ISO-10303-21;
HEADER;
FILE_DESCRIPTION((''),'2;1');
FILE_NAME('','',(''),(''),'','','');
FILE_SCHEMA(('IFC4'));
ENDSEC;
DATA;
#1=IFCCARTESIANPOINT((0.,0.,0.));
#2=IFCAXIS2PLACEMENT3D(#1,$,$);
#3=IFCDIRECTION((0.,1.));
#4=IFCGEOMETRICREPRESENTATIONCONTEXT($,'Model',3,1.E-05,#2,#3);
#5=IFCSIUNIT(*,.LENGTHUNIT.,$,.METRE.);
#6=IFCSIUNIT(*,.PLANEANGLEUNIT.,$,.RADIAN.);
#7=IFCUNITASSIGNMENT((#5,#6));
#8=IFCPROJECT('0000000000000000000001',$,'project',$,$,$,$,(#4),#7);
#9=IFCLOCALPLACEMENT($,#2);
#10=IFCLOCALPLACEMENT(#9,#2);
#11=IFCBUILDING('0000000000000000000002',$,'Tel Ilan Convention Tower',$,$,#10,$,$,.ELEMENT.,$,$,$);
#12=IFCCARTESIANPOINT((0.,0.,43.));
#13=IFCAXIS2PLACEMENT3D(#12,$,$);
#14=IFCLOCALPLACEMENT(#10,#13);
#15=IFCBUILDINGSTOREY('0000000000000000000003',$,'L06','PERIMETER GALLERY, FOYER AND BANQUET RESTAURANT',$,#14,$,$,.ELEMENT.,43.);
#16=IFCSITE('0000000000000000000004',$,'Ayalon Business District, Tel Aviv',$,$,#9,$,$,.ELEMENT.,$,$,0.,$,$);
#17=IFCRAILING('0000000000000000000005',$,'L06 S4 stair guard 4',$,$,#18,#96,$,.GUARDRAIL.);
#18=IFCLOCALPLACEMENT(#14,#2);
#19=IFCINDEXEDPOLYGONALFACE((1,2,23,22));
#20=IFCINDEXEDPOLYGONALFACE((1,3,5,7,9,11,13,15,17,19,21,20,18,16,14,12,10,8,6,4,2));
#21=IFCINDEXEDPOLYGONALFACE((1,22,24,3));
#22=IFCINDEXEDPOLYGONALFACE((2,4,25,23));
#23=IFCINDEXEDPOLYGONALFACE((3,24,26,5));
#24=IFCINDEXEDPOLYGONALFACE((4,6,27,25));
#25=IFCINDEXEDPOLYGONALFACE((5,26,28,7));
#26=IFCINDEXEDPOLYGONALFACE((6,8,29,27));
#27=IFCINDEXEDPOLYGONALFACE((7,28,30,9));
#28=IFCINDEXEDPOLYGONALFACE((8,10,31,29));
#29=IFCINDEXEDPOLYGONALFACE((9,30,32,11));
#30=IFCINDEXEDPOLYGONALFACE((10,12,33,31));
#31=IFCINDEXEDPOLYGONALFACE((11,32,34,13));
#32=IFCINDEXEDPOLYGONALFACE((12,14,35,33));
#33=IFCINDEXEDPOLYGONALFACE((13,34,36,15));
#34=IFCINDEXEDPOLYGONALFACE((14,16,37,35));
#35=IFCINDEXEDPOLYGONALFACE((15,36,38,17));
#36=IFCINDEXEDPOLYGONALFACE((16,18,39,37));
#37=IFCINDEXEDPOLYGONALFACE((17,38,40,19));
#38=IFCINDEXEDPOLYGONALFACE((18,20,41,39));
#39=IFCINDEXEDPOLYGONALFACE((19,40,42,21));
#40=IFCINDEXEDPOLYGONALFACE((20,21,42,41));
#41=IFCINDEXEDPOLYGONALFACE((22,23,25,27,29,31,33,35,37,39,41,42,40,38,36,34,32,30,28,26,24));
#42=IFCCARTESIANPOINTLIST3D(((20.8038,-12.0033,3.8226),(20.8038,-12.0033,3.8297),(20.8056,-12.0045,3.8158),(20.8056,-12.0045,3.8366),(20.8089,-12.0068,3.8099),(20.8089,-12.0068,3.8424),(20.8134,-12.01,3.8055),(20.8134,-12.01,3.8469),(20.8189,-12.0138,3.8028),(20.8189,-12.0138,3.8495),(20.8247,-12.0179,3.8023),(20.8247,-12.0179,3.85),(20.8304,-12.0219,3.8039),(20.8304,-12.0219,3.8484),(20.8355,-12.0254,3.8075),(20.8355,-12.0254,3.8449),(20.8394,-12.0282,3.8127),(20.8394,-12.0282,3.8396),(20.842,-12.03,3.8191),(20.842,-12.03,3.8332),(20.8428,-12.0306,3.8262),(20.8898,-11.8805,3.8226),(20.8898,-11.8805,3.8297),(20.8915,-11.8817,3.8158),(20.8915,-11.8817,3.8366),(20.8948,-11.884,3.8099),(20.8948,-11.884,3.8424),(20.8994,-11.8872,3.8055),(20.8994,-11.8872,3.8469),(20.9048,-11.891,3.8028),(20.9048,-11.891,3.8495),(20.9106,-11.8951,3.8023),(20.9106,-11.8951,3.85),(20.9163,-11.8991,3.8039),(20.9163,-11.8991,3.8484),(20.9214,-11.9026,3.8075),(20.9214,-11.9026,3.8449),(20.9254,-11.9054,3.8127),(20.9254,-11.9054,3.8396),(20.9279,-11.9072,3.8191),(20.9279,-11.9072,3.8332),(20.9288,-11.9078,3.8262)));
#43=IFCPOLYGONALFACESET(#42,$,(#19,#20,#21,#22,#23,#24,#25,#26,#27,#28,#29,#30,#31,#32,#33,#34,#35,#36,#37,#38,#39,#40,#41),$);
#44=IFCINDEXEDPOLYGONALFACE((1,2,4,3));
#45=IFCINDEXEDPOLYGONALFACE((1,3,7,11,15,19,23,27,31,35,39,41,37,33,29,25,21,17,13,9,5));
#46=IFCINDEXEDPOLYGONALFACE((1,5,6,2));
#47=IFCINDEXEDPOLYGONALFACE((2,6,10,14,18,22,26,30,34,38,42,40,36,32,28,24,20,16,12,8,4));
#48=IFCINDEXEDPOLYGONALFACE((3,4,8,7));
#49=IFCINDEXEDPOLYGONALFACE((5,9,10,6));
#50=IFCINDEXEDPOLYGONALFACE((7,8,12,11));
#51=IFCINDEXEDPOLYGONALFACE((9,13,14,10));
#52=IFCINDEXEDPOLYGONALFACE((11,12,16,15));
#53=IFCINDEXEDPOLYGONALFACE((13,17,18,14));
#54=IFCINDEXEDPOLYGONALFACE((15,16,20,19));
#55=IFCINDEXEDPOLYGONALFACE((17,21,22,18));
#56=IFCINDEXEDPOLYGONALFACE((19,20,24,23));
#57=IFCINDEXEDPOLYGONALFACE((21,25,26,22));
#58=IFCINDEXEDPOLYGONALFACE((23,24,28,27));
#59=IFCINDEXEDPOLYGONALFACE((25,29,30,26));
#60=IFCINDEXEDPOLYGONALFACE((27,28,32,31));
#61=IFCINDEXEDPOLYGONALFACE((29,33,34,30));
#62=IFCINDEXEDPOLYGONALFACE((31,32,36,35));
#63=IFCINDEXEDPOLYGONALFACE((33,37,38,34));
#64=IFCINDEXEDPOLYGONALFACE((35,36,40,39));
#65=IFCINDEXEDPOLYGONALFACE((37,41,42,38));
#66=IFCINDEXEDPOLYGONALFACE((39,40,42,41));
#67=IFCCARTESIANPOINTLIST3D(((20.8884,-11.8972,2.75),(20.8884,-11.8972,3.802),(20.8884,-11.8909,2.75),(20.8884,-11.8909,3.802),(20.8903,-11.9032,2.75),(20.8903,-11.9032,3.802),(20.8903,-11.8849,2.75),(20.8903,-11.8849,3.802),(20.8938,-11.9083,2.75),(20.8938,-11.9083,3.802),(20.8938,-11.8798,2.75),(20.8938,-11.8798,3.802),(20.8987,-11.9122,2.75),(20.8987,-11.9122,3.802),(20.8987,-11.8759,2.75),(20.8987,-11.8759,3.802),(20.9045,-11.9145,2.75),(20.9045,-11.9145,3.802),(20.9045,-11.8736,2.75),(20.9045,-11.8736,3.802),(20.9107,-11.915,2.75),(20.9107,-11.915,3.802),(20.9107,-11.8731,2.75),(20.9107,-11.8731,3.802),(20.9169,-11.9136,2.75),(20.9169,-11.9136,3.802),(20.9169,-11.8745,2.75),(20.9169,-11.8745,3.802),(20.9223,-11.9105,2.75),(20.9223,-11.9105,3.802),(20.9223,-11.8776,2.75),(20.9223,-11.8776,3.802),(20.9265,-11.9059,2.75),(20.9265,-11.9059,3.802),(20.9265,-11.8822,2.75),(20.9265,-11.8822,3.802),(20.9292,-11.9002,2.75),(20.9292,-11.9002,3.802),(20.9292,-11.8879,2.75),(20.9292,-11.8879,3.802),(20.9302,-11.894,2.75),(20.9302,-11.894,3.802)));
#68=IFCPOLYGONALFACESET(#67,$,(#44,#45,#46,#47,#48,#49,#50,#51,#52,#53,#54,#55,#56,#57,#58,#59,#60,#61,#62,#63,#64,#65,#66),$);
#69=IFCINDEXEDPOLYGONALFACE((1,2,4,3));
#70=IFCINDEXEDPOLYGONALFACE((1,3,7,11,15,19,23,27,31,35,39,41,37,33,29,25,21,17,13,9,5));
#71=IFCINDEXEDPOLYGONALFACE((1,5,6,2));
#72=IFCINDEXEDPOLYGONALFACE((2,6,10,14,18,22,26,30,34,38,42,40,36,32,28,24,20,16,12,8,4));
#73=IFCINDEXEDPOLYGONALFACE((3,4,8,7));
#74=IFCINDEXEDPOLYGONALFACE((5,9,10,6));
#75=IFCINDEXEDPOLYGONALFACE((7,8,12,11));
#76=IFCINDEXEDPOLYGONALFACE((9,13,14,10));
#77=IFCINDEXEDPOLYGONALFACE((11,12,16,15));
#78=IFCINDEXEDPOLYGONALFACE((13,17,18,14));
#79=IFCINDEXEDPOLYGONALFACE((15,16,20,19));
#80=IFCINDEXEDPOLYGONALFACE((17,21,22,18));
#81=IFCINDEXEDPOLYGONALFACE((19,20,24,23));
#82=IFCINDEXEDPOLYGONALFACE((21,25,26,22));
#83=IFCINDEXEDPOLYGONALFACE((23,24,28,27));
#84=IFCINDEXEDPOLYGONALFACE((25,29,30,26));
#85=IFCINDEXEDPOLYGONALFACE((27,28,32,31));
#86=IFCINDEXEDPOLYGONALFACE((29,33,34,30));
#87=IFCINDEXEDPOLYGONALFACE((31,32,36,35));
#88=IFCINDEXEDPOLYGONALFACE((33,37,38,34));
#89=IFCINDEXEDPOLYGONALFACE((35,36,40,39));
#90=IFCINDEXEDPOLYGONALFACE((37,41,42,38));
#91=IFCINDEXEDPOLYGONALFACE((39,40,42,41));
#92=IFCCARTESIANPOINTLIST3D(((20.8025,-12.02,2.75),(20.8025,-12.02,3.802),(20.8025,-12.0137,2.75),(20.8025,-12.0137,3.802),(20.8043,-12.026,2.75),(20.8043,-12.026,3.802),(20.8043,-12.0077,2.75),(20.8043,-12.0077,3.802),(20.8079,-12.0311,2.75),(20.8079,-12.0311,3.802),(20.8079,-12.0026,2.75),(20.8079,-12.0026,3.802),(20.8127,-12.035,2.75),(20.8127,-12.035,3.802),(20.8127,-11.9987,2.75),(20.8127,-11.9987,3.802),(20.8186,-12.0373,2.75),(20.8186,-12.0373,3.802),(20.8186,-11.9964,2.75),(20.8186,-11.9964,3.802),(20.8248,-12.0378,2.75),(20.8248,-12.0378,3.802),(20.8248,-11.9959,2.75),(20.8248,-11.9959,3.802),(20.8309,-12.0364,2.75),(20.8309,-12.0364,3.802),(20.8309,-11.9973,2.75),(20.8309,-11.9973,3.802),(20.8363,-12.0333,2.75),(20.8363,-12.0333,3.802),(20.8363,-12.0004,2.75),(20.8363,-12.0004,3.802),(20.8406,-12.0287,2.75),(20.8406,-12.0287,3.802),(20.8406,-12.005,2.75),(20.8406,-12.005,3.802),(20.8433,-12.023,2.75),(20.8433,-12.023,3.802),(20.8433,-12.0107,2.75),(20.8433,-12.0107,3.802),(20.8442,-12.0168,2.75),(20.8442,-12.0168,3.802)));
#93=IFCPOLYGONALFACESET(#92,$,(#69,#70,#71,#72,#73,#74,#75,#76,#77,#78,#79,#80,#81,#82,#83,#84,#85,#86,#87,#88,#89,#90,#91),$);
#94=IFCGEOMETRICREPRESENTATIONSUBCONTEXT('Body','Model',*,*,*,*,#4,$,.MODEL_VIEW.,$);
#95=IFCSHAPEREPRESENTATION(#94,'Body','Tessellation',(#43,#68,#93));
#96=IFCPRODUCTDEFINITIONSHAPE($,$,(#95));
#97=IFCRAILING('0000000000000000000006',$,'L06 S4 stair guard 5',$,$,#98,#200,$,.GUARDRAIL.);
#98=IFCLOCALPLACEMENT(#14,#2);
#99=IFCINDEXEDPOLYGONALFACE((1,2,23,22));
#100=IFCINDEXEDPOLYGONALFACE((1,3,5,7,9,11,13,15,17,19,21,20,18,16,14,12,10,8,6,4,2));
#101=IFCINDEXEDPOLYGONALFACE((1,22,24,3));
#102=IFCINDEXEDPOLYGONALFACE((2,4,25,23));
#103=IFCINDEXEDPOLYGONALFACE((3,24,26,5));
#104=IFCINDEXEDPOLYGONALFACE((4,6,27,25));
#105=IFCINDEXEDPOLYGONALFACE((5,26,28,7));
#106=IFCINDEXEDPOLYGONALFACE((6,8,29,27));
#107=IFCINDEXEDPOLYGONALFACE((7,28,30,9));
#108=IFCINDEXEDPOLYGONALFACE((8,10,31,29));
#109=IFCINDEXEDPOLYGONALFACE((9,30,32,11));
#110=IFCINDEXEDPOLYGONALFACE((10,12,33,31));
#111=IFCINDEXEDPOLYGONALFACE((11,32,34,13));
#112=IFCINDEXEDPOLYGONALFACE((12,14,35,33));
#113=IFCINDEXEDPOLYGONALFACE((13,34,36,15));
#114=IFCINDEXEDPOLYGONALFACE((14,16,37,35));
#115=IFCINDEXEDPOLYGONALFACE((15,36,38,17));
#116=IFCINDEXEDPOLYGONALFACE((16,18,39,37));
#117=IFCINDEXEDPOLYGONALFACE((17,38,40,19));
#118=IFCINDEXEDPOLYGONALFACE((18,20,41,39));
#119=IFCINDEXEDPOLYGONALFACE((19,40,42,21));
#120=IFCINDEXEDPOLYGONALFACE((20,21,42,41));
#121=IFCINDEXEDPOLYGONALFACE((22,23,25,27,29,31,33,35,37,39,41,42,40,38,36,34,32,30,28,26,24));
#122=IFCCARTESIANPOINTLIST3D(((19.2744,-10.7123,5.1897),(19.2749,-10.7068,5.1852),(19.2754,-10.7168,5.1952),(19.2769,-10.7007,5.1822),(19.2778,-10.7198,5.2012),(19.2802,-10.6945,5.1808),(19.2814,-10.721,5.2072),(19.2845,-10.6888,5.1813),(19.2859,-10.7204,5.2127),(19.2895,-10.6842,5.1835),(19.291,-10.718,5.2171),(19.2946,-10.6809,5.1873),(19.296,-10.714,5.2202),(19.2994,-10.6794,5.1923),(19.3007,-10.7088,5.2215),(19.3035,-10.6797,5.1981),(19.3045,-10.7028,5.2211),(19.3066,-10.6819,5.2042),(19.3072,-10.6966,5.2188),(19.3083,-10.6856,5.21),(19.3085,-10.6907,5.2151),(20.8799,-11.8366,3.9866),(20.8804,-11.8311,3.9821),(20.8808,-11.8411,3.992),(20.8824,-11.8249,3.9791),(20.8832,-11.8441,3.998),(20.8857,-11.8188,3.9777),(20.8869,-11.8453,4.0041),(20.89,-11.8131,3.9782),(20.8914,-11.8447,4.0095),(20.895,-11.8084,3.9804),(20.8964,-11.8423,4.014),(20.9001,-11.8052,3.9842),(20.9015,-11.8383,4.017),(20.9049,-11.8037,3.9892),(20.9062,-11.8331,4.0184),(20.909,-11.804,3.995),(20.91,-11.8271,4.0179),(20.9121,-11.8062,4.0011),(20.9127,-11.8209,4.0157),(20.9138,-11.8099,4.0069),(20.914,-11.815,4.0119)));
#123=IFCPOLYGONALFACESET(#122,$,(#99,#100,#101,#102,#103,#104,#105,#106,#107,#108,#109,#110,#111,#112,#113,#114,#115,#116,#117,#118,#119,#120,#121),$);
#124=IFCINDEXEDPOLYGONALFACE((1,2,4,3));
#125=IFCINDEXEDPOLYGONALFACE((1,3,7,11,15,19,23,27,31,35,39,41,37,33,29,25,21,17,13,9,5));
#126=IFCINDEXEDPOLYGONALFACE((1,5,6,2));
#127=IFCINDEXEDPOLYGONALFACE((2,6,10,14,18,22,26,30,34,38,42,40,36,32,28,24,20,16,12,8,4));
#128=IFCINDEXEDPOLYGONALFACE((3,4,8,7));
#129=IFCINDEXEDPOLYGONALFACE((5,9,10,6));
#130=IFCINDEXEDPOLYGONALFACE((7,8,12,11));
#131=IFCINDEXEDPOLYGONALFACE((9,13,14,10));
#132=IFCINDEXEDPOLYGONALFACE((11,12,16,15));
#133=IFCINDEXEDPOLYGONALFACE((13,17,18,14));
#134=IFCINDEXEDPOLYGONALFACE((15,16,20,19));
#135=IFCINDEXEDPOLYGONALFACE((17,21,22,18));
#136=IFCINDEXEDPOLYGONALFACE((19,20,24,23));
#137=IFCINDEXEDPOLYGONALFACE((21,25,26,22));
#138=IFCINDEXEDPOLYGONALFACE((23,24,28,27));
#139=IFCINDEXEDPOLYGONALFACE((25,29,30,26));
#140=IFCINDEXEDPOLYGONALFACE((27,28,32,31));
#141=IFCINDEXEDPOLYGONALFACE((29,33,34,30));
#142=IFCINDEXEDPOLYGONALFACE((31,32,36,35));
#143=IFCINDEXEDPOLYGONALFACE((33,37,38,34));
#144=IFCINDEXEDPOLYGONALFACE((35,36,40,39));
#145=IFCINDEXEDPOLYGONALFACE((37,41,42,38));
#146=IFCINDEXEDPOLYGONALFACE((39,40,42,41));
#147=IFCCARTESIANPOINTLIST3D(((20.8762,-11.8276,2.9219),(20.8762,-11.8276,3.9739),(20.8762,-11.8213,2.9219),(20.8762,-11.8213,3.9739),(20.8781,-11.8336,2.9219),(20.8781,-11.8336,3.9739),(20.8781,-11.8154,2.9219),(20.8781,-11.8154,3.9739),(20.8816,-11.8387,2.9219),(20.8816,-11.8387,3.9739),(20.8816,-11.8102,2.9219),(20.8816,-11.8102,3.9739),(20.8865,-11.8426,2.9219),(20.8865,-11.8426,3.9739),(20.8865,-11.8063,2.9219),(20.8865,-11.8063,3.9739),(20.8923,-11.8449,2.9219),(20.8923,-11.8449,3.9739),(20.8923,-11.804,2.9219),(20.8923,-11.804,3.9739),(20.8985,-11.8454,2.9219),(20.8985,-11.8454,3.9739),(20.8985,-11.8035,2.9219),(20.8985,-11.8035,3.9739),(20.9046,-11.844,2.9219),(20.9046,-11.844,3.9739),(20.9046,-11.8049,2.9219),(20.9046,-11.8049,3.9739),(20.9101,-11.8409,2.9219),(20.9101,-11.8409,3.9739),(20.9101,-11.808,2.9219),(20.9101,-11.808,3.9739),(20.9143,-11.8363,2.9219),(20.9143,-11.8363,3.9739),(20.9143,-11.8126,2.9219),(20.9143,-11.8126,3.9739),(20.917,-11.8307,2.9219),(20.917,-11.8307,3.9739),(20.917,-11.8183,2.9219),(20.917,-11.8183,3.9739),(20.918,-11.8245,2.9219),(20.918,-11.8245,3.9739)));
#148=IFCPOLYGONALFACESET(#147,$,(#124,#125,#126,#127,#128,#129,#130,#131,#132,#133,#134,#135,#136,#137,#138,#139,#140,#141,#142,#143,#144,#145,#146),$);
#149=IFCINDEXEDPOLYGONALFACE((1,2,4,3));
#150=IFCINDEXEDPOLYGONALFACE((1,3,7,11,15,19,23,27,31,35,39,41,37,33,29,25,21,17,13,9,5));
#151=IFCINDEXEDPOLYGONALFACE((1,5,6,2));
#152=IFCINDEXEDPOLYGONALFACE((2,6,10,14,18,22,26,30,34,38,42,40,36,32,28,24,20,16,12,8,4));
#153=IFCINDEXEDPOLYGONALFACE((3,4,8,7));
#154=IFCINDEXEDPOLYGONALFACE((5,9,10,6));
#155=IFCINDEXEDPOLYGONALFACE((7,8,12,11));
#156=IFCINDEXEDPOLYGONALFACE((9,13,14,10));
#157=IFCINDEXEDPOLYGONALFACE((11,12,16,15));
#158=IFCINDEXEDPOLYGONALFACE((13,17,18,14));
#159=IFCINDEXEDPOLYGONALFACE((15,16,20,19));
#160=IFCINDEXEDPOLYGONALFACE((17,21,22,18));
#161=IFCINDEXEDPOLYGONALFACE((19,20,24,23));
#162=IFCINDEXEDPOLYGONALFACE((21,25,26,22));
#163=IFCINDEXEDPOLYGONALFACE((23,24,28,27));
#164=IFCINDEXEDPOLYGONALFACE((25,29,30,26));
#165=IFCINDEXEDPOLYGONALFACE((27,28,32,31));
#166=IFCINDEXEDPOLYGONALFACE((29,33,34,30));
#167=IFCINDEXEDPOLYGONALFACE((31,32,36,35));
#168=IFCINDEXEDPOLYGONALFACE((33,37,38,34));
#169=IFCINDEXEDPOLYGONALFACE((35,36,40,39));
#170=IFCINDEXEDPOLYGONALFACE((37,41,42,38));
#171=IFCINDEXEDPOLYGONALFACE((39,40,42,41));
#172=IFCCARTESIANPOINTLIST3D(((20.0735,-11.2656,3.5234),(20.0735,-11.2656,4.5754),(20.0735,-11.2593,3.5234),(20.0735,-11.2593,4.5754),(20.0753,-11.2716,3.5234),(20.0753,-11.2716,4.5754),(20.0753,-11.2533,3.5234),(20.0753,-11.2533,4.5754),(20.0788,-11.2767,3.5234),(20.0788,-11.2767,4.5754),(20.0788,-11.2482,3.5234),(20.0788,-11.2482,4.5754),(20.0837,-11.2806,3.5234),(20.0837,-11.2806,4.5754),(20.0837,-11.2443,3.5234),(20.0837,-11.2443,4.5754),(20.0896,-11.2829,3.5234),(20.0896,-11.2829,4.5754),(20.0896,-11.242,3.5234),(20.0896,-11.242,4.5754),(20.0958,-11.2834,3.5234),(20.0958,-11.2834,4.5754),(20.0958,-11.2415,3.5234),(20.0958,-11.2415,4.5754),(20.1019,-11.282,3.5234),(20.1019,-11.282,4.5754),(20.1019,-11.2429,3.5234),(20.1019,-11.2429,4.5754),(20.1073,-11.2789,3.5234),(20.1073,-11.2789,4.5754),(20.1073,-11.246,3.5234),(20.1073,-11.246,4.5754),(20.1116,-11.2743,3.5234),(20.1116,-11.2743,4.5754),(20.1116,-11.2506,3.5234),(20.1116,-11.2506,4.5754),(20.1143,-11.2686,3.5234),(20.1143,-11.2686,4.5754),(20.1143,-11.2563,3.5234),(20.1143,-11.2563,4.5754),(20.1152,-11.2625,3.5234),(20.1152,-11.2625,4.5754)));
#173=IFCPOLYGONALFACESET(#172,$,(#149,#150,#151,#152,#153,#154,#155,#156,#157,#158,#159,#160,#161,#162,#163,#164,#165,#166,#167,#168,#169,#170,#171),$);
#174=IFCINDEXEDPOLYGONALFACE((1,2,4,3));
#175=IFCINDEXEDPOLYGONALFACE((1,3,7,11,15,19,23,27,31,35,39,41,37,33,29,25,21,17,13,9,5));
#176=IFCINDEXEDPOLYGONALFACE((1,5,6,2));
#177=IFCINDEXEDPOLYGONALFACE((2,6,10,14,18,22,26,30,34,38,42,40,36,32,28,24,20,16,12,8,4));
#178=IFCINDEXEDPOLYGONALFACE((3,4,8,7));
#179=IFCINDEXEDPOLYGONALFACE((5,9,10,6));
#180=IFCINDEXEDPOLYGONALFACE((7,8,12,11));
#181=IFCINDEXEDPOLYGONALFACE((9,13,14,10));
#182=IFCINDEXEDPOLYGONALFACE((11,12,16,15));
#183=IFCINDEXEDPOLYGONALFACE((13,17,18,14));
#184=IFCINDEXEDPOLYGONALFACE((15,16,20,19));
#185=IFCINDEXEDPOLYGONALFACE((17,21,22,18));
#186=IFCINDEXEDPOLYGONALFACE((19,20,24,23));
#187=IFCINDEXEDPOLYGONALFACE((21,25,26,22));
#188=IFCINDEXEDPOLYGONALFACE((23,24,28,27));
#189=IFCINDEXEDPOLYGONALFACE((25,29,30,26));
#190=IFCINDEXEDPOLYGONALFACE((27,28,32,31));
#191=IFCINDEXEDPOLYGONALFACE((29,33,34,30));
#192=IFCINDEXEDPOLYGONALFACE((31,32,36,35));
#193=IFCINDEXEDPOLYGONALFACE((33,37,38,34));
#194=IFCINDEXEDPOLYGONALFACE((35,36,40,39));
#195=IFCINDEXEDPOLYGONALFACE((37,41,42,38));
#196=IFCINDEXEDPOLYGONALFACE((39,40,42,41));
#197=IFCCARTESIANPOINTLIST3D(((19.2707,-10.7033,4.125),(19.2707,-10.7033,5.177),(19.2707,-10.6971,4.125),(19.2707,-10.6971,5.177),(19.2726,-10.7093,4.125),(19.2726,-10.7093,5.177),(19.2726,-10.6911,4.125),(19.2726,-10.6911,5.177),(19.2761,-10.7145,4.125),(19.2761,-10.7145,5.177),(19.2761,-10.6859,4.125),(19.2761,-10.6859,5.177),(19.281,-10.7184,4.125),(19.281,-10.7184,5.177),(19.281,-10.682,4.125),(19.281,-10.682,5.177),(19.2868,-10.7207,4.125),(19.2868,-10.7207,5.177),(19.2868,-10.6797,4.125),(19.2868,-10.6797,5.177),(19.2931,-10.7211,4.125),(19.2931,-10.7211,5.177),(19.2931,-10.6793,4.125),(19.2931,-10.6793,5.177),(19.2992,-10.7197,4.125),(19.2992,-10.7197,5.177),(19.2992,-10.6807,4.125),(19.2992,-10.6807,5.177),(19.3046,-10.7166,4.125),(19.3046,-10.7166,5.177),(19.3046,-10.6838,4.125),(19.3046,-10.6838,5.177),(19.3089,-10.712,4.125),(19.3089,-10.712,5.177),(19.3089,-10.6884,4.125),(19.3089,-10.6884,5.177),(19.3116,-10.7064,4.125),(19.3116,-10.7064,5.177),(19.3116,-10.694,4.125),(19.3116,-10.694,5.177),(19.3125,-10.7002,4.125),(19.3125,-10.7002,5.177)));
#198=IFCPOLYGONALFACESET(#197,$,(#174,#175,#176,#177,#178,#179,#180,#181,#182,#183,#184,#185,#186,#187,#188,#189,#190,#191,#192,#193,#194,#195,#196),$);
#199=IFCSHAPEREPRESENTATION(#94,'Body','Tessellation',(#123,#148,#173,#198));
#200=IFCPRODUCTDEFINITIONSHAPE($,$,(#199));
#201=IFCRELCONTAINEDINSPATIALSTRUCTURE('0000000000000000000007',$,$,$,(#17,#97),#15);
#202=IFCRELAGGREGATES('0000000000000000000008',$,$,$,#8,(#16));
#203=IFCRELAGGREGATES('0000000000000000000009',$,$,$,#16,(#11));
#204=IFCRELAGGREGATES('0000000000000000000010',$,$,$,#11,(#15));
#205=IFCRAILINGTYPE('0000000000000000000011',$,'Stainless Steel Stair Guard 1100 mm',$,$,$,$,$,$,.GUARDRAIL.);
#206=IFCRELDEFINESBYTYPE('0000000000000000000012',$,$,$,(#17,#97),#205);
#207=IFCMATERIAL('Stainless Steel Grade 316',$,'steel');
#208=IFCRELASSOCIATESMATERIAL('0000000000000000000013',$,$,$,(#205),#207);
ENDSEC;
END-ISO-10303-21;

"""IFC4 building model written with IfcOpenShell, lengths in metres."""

from ifc_helpers import new_model, si_unit, direction, frame, origin, origin_2d, place, context, subcontext, project, spatial, circle, extrude, material, type_object, element, save


model = new_model("IFC4")

# Units and contexts
model_context = context("Model", 3, precision=1e-05, world=origin(), true_north=direction((0.0, 1.0)))
body_context = subcontext(model_context, "Body", "Model", "MODEL_VIEW")
ifc_project = project(units=[si_unit("LENGTHUNIT", "METRE"), si_unit("PLANEANGLEUNIT", "RADIAN")], contexts=[model_context])

# Site, building, storey
site_placement = place(None, origin())
site = spatial("IfcSite", under=ifc_project, at=site_placement, Name="Ayalon Business District, Tel Aviv", CompositionType="ELEMENT", RefElevation=0.0)
building_placement = place(site_placement, origin())
building = spatial("IfcBuilding", under=site, at=building_placement, Name="Tel Ilan Convention Tower", CompositionType="ELEMENT")
storey_placement = place(building_placement, frame((0.0, 0.0, 43.0)))
storey = spatial("IfcBuildingStorey", under=building, at=storey_placement, Name="L06", Description="PERIMETER GALLERY, FOYER AND BANQUET RESTAURANT", CompositionType="ELEMENT", Elevation=43.0)

# Railings
ifc_material_1 = material(Name="Stainless Steel Grade 316", Category="steel")
railing_type_1 = type_object("IfcRailingType", Name="Stainless Steel Stair Guard 1100 mm", PredefinedType="GUARDRAIL", material=ifc_material_1)
railing_1_placement = place(storey_placement, frame((20.9092, -11.894, 2.75)))
element("IfcRailing", 1, at=railing_1_placement, inside=storey, type_object=railing_type_1, Name="L06 S4 stair guard 4", PredefinedType="GUARDRAIL", context=body_context, shape_type="SweptSolid", body=[
    extrude(circle(Radius=0.0239, at=origin_2d()), frame((0.0, 0.0, 1.0762), z_axis=(-0.573353, -0.819308, 0.0), x_axis=(0.819308, -0.573353, 0.0)), (0.0, 0.0, 1.0), 0.1499),
    extrude(circle(Radius=0.021, at=origin_2d()), origin(), (0.0, 0.0, 1.0), 1.052),
    extrude(circle(Radius=0.021, at=origin_2d()), frame((-0.0859, -0.1228, 0.0)), (0.0, 0.0, 1.0), 1.052),
])
railing_2_placement = place(storey_placement, frame((20.897, -11.8245, 2.9219)))
element("IfcRailing", 2, at=railing_2_placement, inside=storey, type_object=railing_type_1, Name="L06 S4 stair guard 5", PredefinedType="GUARDRAIL", context=body_context, shape_type="SweptSolid", body=[
    extrude(circle(Radius=0.0239, at=origin_2d()), frame((0.0, 0.0, 1.0762), z_axis=(-0.698095, 0.488857, 0.523146), x_axis=(-0.573613, -0.819127, 0.0)), (0.0, 0.0, 1.0), 2.2998),
    extrude(circle(Radius=0.021, at=origin_2d()), origin(), (0.0, 0.0, 1.0), 1.052),
    extrude(circle(Radius=0.021, at=origin_2d()), frame((-0.8027, 0.562, 0.6016)), (0.0, 0.0, 1.0), 1.052),
    extrude(circle(Radius=0.021, at=origin_2d()), frame((-1.6055, 1.1243, 1.2031)), (0.0, 0.0, 1.0), 1.052),
])

save(model, "model.ifc")
